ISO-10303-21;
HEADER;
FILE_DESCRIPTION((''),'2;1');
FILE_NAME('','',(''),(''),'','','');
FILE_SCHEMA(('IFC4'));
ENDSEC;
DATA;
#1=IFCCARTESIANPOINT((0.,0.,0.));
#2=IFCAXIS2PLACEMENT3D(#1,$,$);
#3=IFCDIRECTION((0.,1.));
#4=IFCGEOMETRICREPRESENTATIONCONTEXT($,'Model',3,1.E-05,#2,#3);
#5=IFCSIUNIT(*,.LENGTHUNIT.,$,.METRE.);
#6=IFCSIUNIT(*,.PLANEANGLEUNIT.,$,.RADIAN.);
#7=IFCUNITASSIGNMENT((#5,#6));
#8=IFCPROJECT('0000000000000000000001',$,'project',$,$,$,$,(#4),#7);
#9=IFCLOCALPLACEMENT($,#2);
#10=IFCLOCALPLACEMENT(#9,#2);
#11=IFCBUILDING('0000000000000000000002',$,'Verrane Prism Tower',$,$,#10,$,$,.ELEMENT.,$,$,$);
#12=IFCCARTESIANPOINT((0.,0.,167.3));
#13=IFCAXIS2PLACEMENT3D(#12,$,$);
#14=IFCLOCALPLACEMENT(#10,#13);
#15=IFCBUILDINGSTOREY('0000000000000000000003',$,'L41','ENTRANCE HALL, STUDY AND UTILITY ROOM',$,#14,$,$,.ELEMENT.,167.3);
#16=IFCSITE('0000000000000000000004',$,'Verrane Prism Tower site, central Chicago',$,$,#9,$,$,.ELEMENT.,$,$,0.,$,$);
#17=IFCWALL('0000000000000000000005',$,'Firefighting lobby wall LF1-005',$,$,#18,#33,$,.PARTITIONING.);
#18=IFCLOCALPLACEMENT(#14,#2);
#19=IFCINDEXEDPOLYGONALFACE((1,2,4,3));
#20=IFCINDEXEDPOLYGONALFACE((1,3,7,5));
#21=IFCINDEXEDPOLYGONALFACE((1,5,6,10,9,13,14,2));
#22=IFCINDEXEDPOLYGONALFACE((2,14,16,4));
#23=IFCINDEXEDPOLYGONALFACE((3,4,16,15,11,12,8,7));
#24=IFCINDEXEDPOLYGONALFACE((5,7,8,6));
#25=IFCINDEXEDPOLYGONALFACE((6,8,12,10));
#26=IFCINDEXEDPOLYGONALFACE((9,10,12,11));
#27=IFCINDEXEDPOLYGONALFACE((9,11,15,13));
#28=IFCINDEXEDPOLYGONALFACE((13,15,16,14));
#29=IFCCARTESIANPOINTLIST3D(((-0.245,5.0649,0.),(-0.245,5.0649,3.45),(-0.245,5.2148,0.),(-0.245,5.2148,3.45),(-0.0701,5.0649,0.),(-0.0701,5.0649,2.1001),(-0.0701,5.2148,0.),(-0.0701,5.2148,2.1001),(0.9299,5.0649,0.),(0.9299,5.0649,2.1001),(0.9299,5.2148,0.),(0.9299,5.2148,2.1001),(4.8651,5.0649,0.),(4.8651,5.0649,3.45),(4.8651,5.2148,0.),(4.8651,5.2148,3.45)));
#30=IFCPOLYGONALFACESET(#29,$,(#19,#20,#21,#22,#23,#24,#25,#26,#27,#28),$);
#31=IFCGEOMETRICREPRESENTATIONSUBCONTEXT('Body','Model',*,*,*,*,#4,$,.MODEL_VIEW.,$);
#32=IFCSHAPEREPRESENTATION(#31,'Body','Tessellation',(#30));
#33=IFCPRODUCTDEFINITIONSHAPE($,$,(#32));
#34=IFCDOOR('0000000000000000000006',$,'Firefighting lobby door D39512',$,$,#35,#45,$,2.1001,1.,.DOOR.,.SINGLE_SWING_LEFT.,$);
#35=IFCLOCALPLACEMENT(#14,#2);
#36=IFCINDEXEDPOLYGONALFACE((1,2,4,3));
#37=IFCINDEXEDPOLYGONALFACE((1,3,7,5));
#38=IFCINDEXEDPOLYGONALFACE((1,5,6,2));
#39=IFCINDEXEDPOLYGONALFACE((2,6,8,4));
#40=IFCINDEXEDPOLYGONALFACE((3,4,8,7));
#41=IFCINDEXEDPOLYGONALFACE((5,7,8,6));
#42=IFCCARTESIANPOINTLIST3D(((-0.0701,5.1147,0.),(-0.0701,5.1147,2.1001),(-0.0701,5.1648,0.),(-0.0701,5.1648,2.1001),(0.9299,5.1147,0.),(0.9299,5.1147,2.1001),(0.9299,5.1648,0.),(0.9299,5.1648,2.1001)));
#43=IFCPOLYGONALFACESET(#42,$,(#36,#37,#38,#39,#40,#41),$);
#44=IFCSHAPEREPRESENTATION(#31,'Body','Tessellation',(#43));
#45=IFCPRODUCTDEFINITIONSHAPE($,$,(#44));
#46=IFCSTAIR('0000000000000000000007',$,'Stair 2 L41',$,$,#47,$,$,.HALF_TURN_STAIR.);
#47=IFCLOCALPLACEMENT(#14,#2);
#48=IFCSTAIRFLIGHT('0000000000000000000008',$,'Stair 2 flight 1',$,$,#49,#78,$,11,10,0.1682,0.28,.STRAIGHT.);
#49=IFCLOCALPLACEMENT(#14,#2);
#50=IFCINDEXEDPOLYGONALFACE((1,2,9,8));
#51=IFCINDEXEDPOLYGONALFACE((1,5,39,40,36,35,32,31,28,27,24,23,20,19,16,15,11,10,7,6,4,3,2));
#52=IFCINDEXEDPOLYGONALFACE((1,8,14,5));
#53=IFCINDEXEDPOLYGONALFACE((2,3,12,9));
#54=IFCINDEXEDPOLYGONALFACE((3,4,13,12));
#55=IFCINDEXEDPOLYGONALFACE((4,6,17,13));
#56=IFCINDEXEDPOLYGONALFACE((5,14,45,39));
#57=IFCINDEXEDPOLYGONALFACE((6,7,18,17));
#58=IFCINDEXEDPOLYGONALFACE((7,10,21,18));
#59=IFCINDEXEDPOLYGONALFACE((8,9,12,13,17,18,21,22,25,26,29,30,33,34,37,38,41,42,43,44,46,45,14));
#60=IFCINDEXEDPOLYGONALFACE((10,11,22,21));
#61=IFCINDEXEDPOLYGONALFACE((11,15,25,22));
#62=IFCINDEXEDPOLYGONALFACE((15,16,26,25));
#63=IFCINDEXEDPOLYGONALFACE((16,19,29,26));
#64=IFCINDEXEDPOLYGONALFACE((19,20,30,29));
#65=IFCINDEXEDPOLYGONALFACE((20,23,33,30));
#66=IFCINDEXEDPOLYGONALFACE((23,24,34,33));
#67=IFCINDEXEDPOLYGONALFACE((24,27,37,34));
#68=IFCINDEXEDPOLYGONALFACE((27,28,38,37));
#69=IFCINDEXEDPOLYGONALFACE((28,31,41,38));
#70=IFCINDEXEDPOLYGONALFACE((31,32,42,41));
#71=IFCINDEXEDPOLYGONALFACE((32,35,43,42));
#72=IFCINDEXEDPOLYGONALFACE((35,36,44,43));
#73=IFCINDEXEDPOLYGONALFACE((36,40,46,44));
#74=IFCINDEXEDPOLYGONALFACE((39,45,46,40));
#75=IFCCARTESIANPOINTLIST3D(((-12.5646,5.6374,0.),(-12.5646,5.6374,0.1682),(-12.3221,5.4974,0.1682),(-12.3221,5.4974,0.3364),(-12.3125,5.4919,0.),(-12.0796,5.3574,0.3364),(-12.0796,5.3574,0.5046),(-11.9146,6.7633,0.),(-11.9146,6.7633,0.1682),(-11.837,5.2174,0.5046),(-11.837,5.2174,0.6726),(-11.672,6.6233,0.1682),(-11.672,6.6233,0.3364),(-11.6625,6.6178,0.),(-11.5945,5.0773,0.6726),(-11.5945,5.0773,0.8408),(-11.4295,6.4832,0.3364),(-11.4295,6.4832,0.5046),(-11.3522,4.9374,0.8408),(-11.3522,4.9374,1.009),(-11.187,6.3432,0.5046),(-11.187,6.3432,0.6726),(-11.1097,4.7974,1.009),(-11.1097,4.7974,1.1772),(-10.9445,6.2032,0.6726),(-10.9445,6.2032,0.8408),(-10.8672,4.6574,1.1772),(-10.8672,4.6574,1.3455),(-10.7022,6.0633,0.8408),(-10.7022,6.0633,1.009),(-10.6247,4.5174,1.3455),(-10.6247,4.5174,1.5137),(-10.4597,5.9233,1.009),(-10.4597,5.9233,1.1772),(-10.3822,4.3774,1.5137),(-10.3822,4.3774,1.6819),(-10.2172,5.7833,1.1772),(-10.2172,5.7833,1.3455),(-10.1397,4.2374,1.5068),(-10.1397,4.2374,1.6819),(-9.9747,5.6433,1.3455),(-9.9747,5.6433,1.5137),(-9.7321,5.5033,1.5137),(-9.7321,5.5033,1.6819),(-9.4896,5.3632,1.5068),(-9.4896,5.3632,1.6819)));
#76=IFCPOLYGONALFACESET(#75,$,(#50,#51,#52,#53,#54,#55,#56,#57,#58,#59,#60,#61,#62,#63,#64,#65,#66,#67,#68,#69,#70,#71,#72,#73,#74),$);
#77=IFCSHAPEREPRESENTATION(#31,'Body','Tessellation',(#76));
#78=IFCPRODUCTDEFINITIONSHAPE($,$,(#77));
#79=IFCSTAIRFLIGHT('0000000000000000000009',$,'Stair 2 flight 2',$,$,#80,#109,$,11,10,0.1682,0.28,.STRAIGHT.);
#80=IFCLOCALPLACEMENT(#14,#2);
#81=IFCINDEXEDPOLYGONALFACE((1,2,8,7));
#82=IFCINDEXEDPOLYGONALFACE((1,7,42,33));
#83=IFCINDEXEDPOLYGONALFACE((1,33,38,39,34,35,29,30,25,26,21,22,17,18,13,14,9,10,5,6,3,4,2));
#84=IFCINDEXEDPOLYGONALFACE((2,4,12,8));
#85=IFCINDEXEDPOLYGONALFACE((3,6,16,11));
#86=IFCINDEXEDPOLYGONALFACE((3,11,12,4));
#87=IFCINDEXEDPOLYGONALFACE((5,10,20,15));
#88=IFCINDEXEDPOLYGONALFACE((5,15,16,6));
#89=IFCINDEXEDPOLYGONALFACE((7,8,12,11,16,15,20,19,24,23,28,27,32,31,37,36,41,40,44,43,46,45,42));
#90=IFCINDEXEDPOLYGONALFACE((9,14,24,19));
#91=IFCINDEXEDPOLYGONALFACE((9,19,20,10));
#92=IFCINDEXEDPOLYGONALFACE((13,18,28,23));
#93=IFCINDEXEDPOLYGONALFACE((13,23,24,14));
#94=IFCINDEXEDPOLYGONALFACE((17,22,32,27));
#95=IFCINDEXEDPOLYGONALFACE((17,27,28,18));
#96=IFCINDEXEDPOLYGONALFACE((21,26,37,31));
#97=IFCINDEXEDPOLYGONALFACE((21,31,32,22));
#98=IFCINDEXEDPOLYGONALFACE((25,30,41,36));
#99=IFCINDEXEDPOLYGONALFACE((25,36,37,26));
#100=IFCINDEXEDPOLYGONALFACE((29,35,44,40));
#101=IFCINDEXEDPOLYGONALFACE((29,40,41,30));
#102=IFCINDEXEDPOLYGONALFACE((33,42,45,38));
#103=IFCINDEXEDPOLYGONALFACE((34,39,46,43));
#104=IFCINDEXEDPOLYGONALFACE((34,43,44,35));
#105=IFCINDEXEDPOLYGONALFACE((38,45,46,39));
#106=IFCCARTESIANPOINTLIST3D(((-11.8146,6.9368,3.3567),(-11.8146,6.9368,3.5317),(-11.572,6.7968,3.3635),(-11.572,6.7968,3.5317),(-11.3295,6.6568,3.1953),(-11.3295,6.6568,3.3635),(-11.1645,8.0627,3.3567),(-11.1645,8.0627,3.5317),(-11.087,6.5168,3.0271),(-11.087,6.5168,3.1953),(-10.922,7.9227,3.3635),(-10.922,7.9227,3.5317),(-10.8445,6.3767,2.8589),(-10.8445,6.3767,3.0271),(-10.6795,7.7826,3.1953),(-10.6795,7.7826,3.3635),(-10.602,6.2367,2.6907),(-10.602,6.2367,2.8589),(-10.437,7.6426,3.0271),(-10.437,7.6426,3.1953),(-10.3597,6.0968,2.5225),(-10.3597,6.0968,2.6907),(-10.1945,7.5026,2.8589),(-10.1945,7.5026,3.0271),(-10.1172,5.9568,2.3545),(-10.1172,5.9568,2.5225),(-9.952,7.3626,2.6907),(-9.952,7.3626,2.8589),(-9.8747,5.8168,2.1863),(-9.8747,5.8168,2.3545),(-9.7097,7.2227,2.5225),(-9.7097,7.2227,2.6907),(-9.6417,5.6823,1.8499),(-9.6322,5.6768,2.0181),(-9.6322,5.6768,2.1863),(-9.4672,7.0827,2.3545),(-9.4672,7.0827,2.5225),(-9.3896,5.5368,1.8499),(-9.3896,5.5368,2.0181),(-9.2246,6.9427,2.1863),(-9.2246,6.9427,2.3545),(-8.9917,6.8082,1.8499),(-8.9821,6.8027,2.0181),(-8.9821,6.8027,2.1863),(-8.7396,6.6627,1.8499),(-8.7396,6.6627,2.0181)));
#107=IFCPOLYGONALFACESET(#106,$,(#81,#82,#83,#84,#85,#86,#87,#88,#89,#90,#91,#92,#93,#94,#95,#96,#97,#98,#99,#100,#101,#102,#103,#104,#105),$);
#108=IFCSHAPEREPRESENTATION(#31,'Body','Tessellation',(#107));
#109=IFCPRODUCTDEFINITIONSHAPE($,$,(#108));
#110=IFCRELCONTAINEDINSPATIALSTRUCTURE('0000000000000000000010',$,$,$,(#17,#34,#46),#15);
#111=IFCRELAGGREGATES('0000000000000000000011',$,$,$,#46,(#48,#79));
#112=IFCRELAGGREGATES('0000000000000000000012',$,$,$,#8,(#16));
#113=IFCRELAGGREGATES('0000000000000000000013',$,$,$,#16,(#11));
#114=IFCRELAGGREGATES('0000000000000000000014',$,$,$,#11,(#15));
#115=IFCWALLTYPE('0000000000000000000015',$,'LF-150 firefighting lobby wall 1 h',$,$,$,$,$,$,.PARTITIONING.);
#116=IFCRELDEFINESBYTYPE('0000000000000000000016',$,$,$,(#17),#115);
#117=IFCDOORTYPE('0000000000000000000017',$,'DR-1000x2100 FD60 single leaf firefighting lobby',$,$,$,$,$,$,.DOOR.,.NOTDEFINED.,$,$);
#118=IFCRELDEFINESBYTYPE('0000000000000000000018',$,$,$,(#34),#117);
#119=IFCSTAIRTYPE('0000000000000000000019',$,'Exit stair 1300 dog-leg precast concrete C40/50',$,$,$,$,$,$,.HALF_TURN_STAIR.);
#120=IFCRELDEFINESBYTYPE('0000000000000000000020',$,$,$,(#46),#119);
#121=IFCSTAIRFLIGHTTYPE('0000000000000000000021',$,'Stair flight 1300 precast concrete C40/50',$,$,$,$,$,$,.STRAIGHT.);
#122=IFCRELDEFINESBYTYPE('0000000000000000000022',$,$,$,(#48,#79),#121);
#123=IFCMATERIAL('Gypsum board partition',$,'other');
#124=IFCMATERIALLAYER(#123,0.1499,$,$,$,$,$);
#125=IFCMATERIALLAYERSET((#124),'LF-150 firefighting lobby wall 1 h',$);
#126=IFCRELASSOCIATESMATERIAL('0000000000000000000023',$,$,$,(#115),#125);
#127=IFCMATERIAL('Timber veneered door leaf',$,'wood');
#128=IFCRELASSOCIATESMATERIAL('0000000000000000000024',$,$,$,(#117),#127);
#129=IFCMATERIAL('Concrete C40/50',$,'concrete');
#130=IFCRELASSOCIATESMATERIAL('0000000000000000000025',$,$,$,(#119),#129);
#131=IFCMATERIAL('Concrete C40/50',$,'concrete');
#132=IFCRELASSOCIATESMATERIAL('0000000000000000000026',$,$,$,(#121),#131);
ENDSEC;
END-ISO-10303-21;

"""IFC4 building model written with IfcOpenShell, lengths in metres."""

from ifc_helpers import new_model, si_unit, direction, frame, frame_2d, origin, place, context, subcontext, project, spatial, polyline, rectangle, outline, extrude, material, layer, layer_set, type_object, element, fill, aggregate, save


model = new_model("IFC4")

# Units and contexts
model_context = context("Model", 3, precision=1e-05, world=origin(), true_north=direction((0.0, 1.0)))
body_context = subcontext(model_context, "Body", "Model", "MODEL_VIEW")
ifc_project = project(units=[si_unit("LENGTHUNIT", "METRE"), si_unit("PLANEANGLEUNIT", "RADIAN")], contexts=[model_context])

# Site, building, storey
site_placement = place(None, origin())
site = spatial("IfcSite", under=ifc_project, at=site_placement, Name="Verrane Prism Tower site, central Chicago", CompositionType="ELEMENT", RefElevation=0.0)
building_placement = place(site_placement, origin())
building = spatial("IfcBuilding", under=site, at=building_placement, Name="Verrane Prism Tower", CompositionType="ELEMENT")
storey_placement = place(building_placement, frame((0.0, 0.0, 167.3)))
storey = spatial("IfcBuildingStorey", under=building, at=storey_placement, Name="L41", Description="ENTRANCE HALL, STUDY AND UTILITY ROOM", CompositionType="ELEMENT", Elevation=167.3)

# Shared definitions
ifc_material_1 = material(Name="Gypsum board partition", Category="other")
ifc_layer_1 = layer(ifc_material_1, 0.1499)
ifc_layer_set_1 = layer_set([ifc_layer_1], Name="LF-150 firefighting lobby wall 1 h")
wall_type_1 = type_object("IfcWallType", Name="LF-150 firefighting lobby wall 1 h", PredefinedType="PARTITIONING", material=ifc_layer_set_1)

# Shared definitions
ifc_material_2 = material(Name="Timber veneered door leaf", Category="wood")
door_type_1 = type_object("IfcDoorType", Name="DR-1000x2100 FD60 single leaf firefighting lobby", OperationType="NOTDEFINED", PredefinedType="DOOR", material=ifc_material_2)

# Wall, opening, door
wall_1_placement = place(storey_placement, frame((-0.2451, 5.1399, 0.0), z_axis=(0.0, 0.0, 1.0), x_axis=(1.0, 0.0, 0.0)))
wall_1 = element("IfcWall", 1, at=wall_1_placement, inside=storey, type_object=wall_type_1, Name="Firefighting lobby wall LF1-005", PredefinedType="PARTITIONING", context=body_context, shape_type="SweptSolid", body=[
    extrude(rectangle(XDim=5.1101, YDim=0.1499, at=frame_2d((2.5552, 0.0))), origin(), (0.0, 0.0, 1.0), 3.45),
])
opening_1_placement = place(wall_1_placement, frame((0.175, 0.0, 0.0)))
opening_1 = element("IfcOpeningElement", 2, at=opening_1_placement, cuts=wall_1, PredefinedType="OPENING", context=body_context, shape_type="SweptSolid", body=[
    extrude(rectangle(XDim=1.0, YDim=2.1001, at=frame_2d((0.5, 1.05))), frame((0.0, 0.085, 0.0), z_axis=(0.0, -1.0, 0.0), x_axis=(1.0, 0.0, 0.0)), (0.0, 0.0, 1.0), 0.1699),
])
door_1_placement = place(opening_1_placement, origin())
door_1 = element("IfcDoor", 3, at=door_1_placement, inside=storey, type_object=door_type_1, Name="Firefighting lobby door D39512", OperationType="SINGLE_SWING_LEFT", OverallHeight=2.1001, OverallWidth=1.0, PredefinedType="DOOR", context=body_context, shape_type="SweptSolid", body=[
    extrude(rectangle(XDim=1.0, YDim=2.1001, at=frame_2d((0.5, 1.05))), frame((0.0, 0.0249, 0.0), z_axis=(0.0, -1.0, 0.0), x_axis=(1.0, 0.0, 0.0)), (0.0, 0.0, 1.0), 0.05),
])
fill(opening_1, door_1)

# Stair, stair flights
ifc_material_3 = material(Name="Concrete C40/50", Category="concrete")
stair_type = type_object("IfcStairType", Name="Exit stair 1300 dog-leg precast concrete C40/50", PredefinedType="HALF_TURN_STAIR", material=ifc_material_3)
stair_placement = place(storey_placement, origin())
stair = element("IfcStair", 4, at=stair_placement, inside=storey, type_object=stair_type, Name="Stair 2 L41", PredefinedType="HALF_TURN_STAIR")
ifc_material_4 = material(Name="Concrete C40/50", Category="concrete")
stair_flight_type = type_object("IfcStairFlightType", Name="Stair flight 1300 precast concrete C40/50", PredefinedType="STRAIGHT", material=ifc_material_4)
stair_flight_1_placement = place(storey_placement, frame((-12.2395, 6.2004, 0.0), z_axis=(0.0, 0.0, 1.0), x_axis=(0.866025, -0.5, 0.0)))
stair_flight_1 = element("IfcStairFlight", 5, at=stair_flight_1_placement, type_object=stair_flight_type, Name="Stair 2 flight 1", NumberOfRisers=11, NumberOfTreads=10, PredefinedType="STRAIGHT", RiserHeight=0.1682, TreadLength=0.28, context=body_context, shape_type="SweptSolid", body=[
    extrude(outline(polyline([(0.0, 0.0), (0.0, 0.1682), (0.28, 0.1682), (0.28, 0.3364), (0.5601, 0.3364), (0.5601, 0.5046), (0.8401, 0.5046), (0.8401, 0.6726), (1.1201, 0.6726), (1.1201, 0.8408), (1.3999, 0.8408), (1.3999, 1.009), (1.6799, 1.009), (1.6799, 1.1772), (1.96, 1.1772), (1.96, 1.3455), (2.24, 1.3455), (2.24, 1.5137), (2.52, 1.5137), (2.52, 1.6819), (2.8, 1.6819), (2.8, 1.8501), (2.8, 1.5068), (0.291, 0.0), (0.0, 0.0)])), frame((0.0, 0.6499, 0.0), z_axis=(0.0, -1.0, 0.0), x_axis=(1.0, 0.0, 0.0)), (0.0, 0.0, 1.0), 1.3),
])
stair_flight_2_placement = place(storey_placement, frame((-9.0647, 6.0996, 1.8499), z_axis=(0.0, 0.0, 1.0), x_axis=(-0.866025, 0.5, 0.0)))
stair_flight_2 = element("IfcStairFlight", 6, at=stair_flight_2_placement, type_object=stair_flight_type, Name="Stair 2 flight 2", NumberOfRisers=11, NumberOfTreads=10, PredefinedType="STRAIGHT", RiserHeight=0.1682, TreadLength=0.28, context=body_context, shape_type="SweptSolid", body=[
    extrude(outline(polyline([(0.0, 0.0), (0.0, 0.1682), (0.28, 0.1682), (0.28, 0.3364), (0.5601, 0.3364), (0.5601, 0.5046), (0.8401, 0.5046), (0.8401, 0.6726), (1.1201, 0.6726), (1.1201, 0.8408), (1.3999, 0.8408), (1.3999, 1.009), (1.6799, 1.009), (1.6799, 1.1772), (1.96, 1.1772), (1.96, 1.3455), (2.24, 1.3455), (2.24, 1.5137), (2.52, 1.5137), (2.52, 1.6819), (2.8, 1.6819), (2.8, 1.8501), (2.8, 1.5068), (0.291, 0.0), (0.0, 0.0)])), frame((0.0, 0.6499, 0.0), z_axis=(0.0, -1.0, 0.0), x_axis=(1.0, 0.0, 0.0)), (0.0, 0.0, 1.0), 1.3),
])
aggregate(stair, [stair_flight_1, stair_flight_2])

save(model, "model.ifc")
